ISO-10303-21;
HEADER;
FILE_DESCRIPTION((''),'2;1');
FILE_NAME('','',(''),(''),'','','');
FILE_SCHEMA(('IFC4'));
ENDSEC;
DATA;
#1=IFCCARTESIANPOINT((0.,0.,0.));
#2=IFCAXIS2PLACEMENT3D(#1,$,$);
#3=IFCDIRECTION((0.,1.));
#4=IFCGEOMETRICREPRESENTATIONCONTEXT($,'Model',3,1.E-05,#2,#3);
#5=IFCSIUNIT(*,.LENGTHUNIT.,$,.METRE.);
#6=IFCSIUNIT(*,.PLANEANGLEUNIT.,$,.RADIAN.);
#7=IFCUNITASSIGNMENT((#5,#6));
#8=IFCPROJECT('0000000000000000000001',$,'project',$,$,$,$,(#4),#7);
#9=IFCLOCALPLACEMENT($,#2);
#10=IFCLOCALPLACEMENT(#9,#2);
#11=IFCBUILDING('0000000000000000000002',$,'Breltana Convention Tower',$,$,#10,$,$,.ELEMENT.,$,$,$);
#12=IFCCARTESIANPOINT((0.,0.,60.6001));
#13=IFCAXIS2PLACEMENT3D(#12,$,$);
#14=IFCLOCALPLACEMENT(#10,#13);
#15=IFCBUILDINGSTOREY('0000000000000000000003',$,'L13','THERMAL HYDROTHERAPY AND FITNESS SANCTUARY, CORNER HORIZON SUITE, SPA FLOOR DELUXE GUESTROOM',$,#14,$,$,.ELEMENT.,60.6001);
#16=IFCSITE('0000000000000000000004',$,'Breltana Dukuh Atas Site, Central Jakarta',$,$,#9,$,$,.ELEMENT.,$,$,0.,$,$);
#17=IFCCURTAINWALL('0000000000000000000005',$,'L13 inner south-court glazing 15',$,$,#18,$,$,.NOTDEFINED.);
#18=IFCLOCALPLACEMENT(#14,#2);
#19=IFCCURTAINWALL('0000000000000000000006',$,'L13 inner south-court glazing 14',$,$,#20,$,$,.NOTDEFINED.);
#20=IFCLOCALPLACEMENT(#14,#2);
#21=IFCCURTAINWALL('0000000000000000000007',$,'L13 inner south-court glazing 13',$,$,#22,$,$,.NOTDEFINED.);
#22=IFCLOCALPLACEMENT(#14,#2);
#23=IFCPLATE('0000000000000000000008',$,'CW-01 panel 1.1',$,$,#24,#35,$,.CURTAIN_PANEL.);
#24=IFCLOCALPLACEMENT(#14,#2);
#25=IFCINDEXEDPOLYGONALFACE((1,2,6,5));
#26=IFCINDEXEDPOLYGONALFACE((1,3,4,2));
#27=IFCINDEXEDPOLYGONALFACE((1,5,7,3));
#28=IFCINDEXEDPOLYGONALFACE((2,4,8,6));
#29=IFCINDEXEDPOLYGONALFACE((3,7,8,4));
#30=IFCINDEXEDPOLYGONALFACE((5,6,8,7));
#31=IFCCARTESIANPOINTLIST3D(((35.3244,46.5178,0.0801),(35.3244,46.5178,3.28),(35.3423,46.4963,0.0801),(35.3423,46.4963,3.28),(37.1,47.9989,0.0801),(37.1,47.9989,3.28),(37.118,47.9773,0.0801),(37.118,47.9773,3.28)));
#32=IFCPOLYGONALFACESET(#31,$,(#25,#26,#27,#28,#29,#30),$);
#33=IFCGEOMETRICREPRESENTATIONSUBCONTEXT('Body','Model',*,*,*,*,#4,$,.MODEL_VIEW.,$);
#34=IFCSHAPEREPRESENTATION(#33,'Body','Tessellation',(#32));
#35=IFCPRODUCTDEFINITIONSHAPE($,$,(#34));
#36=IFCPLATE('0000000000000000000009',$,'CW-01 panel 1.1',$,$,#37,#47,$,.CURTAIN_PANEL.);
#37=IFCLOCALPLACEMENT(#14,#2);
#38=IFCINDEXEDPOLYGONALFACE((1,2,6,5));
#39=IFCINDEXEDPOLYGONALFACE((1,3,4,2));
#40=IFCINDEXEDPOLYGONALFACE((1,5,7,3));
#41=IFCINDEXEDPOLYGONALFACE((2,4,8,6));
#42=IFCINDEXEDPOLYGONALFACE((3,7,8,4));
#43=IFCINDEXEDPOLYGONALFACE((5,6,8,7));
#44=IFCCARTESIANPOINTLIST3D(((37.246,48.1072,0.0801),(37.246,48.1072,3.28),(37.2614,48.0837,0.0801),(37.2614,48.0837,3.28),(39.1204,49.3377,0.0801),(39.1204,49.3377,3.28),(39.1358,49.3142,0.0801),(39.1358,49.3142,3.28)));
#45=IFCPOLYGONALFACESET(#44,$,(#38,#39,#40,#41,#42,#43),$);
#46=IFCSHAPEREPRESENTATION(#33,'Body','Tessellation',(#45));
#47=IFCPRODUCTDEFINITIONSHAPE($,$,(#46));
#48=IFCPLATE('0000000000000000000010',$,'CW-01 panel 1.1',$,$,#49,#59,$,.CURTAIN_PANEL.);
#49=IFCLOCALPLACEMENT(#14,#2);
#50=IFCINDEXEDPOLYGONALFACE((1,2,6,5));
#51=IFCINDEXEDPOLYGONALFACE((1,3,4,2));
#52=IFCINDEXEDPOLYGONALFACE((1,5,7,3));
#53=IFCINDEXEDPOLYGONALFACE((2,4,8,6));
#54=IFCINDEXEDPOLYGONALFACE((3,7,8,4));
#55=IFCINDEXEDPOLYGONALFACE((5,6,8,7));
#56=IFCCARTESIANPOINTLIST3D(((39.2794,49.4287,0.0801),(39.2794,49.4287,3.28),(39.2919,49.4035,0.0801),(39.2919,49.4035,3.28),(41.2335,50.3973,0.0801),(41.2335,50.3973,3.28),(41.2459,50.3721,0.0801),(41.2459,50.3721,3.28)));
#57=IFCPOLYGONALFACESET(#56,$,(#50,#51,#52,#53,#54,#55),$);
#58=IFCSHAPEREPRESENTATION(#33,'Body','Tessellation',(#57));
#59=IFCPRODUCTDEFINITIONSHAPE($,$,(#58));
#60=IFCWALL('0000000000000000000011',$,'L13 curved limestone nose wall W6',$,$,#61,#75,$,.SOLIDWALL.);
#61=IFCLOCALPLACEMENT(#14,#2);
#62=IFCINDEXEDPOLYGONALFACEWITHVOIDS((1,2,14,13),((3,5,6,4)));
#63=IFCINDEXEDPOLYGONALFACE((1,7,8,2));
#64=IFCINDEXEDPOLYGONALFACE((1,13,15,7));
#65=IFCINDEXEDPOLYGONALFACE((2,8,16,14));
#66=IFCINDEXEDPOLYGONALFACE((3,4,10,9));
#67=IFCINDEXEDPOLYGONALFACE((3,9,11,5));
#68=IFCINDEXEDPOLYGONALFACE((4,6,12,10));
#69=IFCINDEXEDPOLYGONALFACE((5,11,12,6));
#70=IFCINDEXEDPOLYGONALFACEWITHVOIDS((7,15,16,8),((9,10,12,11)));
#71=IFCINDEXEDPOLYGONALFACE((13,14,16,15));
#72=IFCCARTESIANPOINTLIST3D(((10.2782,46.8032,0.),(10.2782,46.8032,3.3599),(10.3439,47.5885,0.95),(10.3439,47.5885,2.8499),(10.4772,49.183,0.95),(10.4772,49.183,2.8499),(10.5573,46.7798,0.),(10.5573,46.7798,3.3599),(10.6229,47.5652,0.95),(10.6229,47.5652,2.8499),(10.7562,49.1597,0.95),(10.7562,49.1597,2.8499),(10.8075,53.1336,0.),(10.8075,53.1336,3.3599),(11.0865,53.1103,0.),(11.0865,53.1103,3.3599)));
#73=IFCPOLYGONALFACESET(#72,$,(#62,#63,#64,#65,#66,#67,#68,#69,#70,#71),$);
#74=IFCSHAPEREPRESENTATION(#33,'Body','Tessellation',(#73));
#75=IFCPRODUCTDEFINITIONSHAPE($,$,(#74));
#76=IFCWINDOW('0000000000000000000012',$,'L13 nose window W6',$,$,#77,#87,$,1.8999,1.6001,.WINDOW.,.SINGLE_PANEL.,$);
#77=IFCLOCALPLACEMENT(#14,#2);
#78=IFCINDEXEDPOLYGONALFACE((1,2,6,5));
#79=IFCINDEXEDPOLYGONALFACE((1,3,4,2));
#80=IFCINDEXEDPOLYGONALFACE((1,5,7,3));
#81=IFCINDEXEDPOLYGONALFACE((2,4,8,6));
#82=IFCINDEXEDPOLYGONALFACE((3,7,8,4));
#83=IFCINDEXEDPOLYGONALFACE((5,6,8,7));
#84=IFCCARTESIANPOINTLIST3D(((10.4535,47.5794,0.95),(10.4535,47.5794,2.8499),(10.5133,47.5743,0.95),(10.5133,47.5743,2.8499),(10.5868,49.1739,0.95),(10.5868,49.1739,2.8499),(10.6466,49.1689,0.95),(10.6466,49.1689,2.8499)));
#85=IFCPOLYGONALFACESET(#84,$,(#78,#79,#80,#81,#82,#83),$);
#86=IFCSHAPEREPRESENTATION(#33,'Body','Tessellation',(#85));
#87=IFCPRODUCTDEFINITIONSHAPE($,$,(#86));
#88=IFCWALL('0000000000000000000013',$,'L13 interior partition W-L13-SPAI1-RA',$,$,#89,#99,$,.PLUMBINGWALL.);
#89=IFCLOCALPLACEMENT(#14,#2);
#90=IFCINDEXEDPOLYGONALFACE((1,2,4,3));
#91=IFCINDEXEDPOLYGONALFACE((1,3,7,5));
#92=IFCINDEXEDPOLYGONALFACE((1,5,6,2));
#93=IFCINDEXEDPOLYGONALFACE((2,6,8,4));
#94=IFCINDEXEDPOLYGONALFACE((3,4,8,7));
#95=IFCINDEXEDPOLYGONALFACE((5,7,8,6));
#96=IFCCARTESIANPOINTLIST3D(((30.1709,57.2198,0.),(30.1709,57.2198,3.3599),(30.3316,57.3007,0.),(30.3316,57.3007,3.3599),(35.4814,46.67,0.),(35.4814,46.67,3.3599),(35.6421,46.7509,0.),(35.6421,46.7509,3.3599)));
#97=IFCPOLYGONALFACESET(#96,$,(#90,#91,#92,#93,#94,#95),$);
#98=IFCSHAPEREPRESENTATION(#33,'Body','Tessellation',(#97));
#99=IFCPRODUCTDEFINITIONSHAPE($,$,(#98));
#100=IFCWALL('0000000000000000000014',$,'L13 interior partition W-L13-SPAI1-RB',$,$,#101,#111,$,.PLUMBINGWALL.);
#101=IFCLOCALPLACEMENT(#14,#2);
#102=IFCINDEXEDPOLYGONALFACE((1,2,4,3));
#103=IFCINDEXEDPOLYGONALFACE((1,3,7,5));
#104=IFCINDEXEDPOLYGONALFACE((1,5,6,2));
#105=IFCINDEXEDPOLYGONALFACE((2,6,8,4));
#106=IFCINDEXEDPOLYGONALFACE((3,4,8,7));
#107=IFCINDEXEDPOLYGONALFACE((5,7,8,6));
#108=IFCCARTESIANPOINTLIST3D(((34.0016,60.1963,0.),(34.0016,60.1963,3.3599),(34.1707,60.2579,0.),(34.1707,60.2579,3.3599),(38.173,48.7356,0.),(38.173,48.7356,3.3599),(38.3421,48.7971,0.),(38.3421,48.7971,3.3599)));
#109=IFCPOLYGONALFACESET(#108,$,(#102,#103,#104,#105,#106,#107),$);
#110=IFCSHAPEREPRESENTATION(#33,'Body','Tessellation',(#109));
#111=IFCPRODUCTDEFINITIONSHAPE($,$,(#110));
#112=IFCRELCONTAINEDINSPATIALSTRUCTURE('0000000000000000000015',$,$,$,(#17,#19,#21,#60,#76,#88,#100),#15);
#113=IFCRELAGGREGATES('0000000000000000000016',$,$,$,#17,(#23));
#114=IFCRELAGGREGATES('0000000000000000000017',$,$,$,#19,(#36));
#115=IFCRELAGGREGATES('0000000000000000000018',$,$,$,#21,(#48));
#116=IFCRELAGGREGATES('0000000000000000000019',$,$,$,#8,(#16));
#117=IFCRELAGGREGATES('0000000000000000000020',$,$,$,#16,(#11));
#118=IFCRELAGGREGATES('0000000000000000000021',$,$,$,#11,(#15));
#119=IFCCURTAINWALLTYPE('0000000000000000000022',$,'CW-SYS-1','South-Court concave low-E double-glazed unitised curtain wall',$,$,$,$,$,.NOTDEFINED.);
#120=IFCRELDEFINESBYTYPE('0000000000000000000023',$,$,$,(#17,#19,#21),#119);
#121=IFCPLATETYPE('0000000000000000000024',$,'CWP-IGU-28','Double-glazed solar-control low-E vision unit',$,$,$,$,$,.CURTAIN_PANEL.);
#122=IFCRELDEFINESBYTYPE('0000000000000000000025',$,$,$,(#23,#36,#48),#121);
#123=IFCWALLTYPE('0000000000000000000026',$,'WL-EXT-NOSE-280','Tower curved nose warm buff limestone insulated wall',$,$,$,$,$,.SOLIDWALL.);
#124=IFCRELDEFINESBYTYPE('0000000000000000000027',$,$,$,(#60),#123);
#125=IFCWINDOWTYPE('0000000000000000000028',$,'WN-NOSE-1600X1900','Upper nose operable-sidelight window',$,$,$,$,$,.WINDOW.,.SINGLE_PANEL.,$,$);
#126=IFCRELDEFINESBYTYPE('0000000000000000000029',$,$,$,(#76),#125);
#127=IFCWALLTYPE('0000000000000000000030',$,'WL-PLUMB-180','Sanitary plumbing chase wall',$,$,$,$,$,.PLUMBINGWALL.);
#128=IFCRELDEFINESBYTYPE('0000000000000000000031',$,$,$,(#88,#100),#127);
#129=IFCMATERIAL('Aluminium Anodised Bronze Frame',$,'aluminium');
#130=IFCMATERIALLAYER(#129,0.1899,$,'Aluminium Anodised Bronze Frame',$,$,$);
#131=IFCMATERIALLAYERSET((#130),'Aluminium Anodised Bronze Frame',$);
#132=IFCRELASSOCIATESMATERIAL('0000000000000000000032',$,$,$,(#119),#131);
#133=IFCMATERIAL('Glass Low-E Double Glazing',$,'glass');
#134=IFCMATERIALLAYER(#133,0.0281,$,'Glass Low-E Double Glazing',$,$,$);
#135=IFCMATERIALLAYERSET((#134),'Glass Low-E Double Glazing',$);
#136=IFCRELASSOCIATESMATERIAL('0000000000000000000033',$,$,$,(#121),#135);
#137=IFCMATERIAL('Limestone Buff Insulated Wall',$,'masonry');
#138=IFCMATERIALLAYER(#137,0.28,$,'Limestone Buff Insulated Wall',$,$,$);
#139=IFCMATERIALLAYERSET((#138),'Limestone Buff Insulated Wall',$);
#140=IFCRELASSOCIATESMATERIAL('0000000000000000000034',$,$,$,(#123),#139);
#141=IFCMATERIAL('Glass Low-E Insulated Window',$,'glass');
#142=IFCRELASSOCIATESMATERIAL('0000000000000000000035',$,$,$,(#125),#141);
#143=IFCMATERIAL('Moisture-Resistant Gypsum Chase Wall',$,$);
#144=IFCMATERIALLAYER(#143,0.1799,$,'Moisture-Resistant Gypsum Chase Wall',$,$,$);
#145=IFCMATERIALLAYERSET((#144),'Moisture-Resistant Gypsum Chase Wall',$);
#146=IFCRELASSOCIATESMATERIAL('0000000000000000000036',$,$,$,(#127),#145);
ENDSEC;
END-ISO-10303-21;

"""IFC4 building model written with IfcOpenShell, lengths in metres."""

from ifc_helpers import new_model, si_unit, direction, frame, frame_2d, origin, origin_2d, place, context, subcontext, project, spatial, rectangle, extrude, source, transform, mapped, material, layer, layer_set, type_object, type_shapes, element, fill, aggregate, save


model = new_model("IFC4")

# Units and contexts
model_context = context("Model", 3, precision=1e-05, world=origin(), true_north=direction((0.0, 1.0)))
body_context = subcontext(model_context, "Body", "Model", "MODEL_VIEW")
ifc_project = project(units=[si_unit("LENGTHUNIT", "METRE"), si_unit("PLANEANGLEUNIT", "RADIAN")], contexts=[model_context])

# Site, building, storey
site_placement = place(None, origin())
site = spatial("IfcSite", under=ifc_project, at=site_placement, Name="Breltana Dukuh Atas Site, Central Jakarta", CompositionType="ELEMENT", RefElevation=0.0)
building_placement = place(site_placement, origin())
building = spatial("IfcBuilding", under=site, at=building_placement, Name="Breltana Convention Tower", CompositionType="ELEMENT")
storey_placement = place(building_placement, frame((0.0, 0.0, 60.6001)))
storey = spatial("IfcBuildingStorey", under=building, at=storey_placement, Name="L13", Description="THERMAL HYDROTHERAPY AND FITNESS SANCTUARY, CORNER HORIZON SUITE, SPA FLOOR DELUXE GUESTROOM", CompositionType="ELEMENT", Elevation=60.6001)

# Curtain walls
ifc_material_1 = material(Name="Aluminium Anodised Bronze Frame", Category="aluminium")
ifc_layer_1 = layer(ifc_material_1, 0.1899, Name="Aluminium Anodised Bronze Frame")
ifc_layer_set_1 = layer_set([ifc_layer_1], Name="Aluminium Anodised Bronze Frame")
curtain_wall_type = type_object("IfcCurtainWallType", Name="CW-SYS-1", Description="South-Court concave low-E double-glazed unitised curtain wall", PredefinedType="NOTDEFINED", material=ifc_layer_set_1)
curtain_wall_1_placement = place(storey_placement, origin())
curtain_wall_1 = element("IfcCurtainWall", 1, at=curtain_wall_1_placement, inside=storey, type_object=curtain_wall_type, Name="L13 inner south-court glazing 15", PredefinedType="NOTDEFINED")
curtain_wall_2_placement = place(storey_placement, origin())
curtain_wall_2 = element("IfcCurtainWall", 2, at=curtain_wall_2_placement, inside=storey, type_object=curtain_wall_type, Name="L13 inner south-court glazing 14", PredefinedType="NOTDEFINED")

# Curtain wall
curtain_wall_3_placement = place(storey_placement, origin())
curtain_wall_3 = element("IfcCurtainWall", 3, at=curtain_wall_3_placement, inside=storey, type_object=curtain_wall_type, Name="L13 inner south-court glazing 13", PredefinedType="NOTDEFINED")

# Plates
ifc_material_2 = material(Name="Glass Low-E Double Glazing", Category="glass")
ifc_layer_2 = layer(ifc_material_2, 0.0281, Name="Glass Low-E Double Glazing")
ifc_layer_set_2 = layer_set([ifc_layer_2], Name="Glass Low-E Double Glazing")
plate_type = type_object("IfcPlateType", Name="CWP-IGU-28", Description="Double-glazed solar-control low-E vision unit", PredefinedType="CURTAIN_PANEL", material=ifc_layer_set_2)
shared_shape_1 = source(origin(), body_context, "Body", "SweptSolid", [
    extrude(rectangle(XDim=2.3123, YDim=0.0281, at=origin_2d()), origin(), (0.0, 0.0, 1.0), 3.2),
])
plate_1_placement = place(storey_placement, frame((36.2212, 47.2476, 0.0801), z_axis=(0.0, 0.0, 1.0), x_axis=(-0.767939, -0.640523, 0.0)))
plate_1 = element("IfcPlate", 4, at=plate_1_placement, type_object=plate_type, Name="CW-01 panel 1.1", PredefinedType="CURTAIN_PANEL", context=body_context, shape_type="MappedRepresentation", body=[
    mapped(shared_shape_1, transform((0.0, 0.0, 0.0), scale=1.0)),
])
aggregate(curtain_wall_1, [plate_1])
shared_shape_2 = source(origin(), body_context, "Body", "SweptSolid", [
    extrude(rectangle(XDim=2.2422, YDim=0.0281, at=origin_2d()), origin(), (0.0, 0.0, 1.0), 3.2),
])
plate_2_placement = place(storey_placement, frame((38.1909, 48.7107, 0.0801), z_axis=(0.0, 0.0, 1.0), x_axis=(-0.835968, -0.548778, 0.0)))
plate_2 = element("IfcPlate", 5, at=plate_2_placement, type_object=plate_type, Name="CW-01 panel 1.1", PredefinedType="CURTAIN_PANEL", context=body_context, shape_type="MappedRepresentation", body=[
    mapped(shared_shape_2, transform((0.0, 0.0, 0.0), scale=1.0)),
])
aggregate(curtain_wall_2, [plate_2])
shared_shape_3 = source(origin(), body_context, "Body", "SweptSolid", [
    extrude(rectangle(XDim=2.1809, YDim=0.0281, at=origin_2d()), origin(), (0.0, 0.0, 1.0), 3.2),
])
plate_3_placement = place(storey_placement, frame((40.2627, 49.9004, 0.0801), z_axis=(0.0, 0.0, 1.0), x_axis=(-0.895968, -0.444118, 0.0)))
plate_3 = element("IfcPlate", 6, at=plate_3_placement, type_object=plate_type, Name="CW-01 panel 1.1", PredefinedType="CURTAIN_PANEL", context=body_context, shape_type="MappedRepresentation", body=[
    mapped(shared_shape_3, transform((0.0, 0.0, 0.0), scale=1.0)),
])
aggregate(curtain_wall_3, [plate_3])

# Wall, opening, window
ifc_material_3 = material(Name="Limestone Buff Insulated Wall", Category="masonry")
ifc_layer_3 = layer(ifc_material_3, 0.28, Name="Limestone Buff Insulated Wall")
ifc_layer_set_3 = layer_set([ifc_layer_3], Name="Limestone Buff Insulated Wall")
wall_type_1 = type_object("IfcWallType", Name="WL-EXT-NOSE-280", Description="Tower curved nose warm buff limestone insulated wall", PredefinedType="SOLIDWALL", material=ifc_layer_set_3)
shared_shape_4 = source(origin(), body_context, "Body", "SweptSolid", [
    extrude(rectangle(XDim=6.3525, YDim=0.28, at=frame_2d((3.1763, 0.0))), origin(), (0.0, 0.0, 1.0), 3.3599),
])
wall_1_placement = place(storey_placement, frame((10.4177, 46.7915, 0.0), z_axis=(0.0, 0.0, 1.0), x_axis=(0.083319, 0.996523, 0.0)))
wall_1 = element("IfcWall", 7, at=wall_1_placement, inside=storey, type_object=wall_type_1, Name="L13 curved limestone nose wall W6", PredefinedType="SOLIDWALL", context=body_context, shape_type="MappedRepresentation", body=[
    mapped(shared_shape_4, transform((0.0, 0.0, 0.0), scale=1.0)),
])
opening_placement = place(wall_1_placement, frame((0.7881, 0.0, 0.95)))
opening = element("IfcOpeningElement", 8, at=opening_placement, cuts=wall_1, PredefinedType="OPENING", context=body_context, shape_type="SweptSolid", body=[
    extrude(rectangle(XDim=1.6001, YDim=1.8999, at=frame_2d((0.8, 0.95))), frame((0.0, 0.1499, 0.0), z_axis=(0.0, -1.0, 0.0), x_axis=(1.0, 0.0, 0.0)), (0.0, 0.0, 1.0), 0.3),
])
ifc_material_4 = material(Name="Glass Low-E Insulated Window", Category="glass")
window_type = type_object("IfcWindowType", Name="WN-NOSE-1600X1900", Description="Upper nose operable-sidelight window", PartitioningType="SINGLE_PANEL", PredefinedType="WINDOW", material=ifc_material_4)
shared_shape_5 = source(origin(), body_context, "Body", "SweptSolid", [
    extrude(rectangle(XDim=1.6001, YDim=1.8999, at=frame_2d((0.8, 0.95))), frame((0.0, 0.03, 0.0), z_axis=(0.0, -1.0, 0.0), x_axis=(1.0, 0.0, 0.0)), (0.0, 0.0, 1.0), 0.0601),
])
type_shapes(window_type, [shared_shape_5])
window_placement = place(opening_placement, origin())
window = element("IfcWindow", 9, at=window_placement, inside=storey, type_object=window_type, Name="L13 nose window W6", OverallHeight=1.8999, OverallWidth=1.6001, PartitioningType="SINGLE_PANEL", PredefinedType="WINDOW", context=body_context, shape_type="MappedRepresentation", body=[
    mapped(shared_shape_5, transform((0.0, 0.0, 0.0), scale=1.0)),
])
fill(opening, window)

# Walls
ifc_material_5 = material(Name="Moisture-Resistant Gypsum Chase Wall")
ifc_layer_4 = layer(ifc_material_5, 0.1799, Name="Moisture-Resistant Gypsum Chase Wall")
ifc_layer_set_4 = layer_set([ifc_layer_4], Name="Moisture-Resistant Gypsum Chase Wall")
wall_type_2 = type_object("IfcWallType", Name="WL-PLUMB-180", Description="Sanitary plumbing chase wall", PredefinedType="PLUMBINGWALL", material=ifc_layer_set_4)
shared_shape_6 = source(origin(), body_context, "Body", "SweptSolid", [
    extrude(rectangle(XDim=11.811, YDim=0.1799, at=frame_2d((5.9055, 0.0))), origin(), (0.0, 0.0, 1.0), 3.3599),
])
wall_2_placement = place(storey_placement, frame((35.5618, 46.7104, 0.0), z_axis=(0.0, 0.0, 1.0), x_axis=(-0.449626, 0.893217, 0.0)))
element("IfcWall", 10, at=wall_2_placement, inside=storey, type_object=wall_type_2, Name="L13 interior partition W-L13-SPAI1-RA", PredefinedType="PLUMBINGWALL", context=body_context, shape_type="MappedRepresentation", body=[
    mapped(shared_shape_6, transform((0.0, 0.0, 0.0), scale=1.0)),
])
shared_shape_7 = source(origin(), body_context, "Body", "SweptSolid", [
    extrude(rectangle(XDim=12.1963, YDim=0.1799, at=frame_2d((6.0981, 0.0))), origin(), (0.0, 0.0, 1.0), 3.3599),
])
wall_3_placement = place(storey_placement, frame((38.2576, 48.7664, 0.0), z_axis=(0.0, 0.0, 1.0), x_axis=(-0.342023, 0.939692, 0.0)))
element("IfcWall", 11, at=wall_3_placement, inside=storey, type_object=wall_type_2, Name="L13 interior partition W-L13-SPAI1-RB", PredefinedType="PLUMBINGWALL", context=body_context, shape_type="MappedRepresentation", body=[
    mapped(shared_shape_7, transform((0.0, 0.0, 0.0), scale=1.0)),
])

save(model, "model.ifc")
